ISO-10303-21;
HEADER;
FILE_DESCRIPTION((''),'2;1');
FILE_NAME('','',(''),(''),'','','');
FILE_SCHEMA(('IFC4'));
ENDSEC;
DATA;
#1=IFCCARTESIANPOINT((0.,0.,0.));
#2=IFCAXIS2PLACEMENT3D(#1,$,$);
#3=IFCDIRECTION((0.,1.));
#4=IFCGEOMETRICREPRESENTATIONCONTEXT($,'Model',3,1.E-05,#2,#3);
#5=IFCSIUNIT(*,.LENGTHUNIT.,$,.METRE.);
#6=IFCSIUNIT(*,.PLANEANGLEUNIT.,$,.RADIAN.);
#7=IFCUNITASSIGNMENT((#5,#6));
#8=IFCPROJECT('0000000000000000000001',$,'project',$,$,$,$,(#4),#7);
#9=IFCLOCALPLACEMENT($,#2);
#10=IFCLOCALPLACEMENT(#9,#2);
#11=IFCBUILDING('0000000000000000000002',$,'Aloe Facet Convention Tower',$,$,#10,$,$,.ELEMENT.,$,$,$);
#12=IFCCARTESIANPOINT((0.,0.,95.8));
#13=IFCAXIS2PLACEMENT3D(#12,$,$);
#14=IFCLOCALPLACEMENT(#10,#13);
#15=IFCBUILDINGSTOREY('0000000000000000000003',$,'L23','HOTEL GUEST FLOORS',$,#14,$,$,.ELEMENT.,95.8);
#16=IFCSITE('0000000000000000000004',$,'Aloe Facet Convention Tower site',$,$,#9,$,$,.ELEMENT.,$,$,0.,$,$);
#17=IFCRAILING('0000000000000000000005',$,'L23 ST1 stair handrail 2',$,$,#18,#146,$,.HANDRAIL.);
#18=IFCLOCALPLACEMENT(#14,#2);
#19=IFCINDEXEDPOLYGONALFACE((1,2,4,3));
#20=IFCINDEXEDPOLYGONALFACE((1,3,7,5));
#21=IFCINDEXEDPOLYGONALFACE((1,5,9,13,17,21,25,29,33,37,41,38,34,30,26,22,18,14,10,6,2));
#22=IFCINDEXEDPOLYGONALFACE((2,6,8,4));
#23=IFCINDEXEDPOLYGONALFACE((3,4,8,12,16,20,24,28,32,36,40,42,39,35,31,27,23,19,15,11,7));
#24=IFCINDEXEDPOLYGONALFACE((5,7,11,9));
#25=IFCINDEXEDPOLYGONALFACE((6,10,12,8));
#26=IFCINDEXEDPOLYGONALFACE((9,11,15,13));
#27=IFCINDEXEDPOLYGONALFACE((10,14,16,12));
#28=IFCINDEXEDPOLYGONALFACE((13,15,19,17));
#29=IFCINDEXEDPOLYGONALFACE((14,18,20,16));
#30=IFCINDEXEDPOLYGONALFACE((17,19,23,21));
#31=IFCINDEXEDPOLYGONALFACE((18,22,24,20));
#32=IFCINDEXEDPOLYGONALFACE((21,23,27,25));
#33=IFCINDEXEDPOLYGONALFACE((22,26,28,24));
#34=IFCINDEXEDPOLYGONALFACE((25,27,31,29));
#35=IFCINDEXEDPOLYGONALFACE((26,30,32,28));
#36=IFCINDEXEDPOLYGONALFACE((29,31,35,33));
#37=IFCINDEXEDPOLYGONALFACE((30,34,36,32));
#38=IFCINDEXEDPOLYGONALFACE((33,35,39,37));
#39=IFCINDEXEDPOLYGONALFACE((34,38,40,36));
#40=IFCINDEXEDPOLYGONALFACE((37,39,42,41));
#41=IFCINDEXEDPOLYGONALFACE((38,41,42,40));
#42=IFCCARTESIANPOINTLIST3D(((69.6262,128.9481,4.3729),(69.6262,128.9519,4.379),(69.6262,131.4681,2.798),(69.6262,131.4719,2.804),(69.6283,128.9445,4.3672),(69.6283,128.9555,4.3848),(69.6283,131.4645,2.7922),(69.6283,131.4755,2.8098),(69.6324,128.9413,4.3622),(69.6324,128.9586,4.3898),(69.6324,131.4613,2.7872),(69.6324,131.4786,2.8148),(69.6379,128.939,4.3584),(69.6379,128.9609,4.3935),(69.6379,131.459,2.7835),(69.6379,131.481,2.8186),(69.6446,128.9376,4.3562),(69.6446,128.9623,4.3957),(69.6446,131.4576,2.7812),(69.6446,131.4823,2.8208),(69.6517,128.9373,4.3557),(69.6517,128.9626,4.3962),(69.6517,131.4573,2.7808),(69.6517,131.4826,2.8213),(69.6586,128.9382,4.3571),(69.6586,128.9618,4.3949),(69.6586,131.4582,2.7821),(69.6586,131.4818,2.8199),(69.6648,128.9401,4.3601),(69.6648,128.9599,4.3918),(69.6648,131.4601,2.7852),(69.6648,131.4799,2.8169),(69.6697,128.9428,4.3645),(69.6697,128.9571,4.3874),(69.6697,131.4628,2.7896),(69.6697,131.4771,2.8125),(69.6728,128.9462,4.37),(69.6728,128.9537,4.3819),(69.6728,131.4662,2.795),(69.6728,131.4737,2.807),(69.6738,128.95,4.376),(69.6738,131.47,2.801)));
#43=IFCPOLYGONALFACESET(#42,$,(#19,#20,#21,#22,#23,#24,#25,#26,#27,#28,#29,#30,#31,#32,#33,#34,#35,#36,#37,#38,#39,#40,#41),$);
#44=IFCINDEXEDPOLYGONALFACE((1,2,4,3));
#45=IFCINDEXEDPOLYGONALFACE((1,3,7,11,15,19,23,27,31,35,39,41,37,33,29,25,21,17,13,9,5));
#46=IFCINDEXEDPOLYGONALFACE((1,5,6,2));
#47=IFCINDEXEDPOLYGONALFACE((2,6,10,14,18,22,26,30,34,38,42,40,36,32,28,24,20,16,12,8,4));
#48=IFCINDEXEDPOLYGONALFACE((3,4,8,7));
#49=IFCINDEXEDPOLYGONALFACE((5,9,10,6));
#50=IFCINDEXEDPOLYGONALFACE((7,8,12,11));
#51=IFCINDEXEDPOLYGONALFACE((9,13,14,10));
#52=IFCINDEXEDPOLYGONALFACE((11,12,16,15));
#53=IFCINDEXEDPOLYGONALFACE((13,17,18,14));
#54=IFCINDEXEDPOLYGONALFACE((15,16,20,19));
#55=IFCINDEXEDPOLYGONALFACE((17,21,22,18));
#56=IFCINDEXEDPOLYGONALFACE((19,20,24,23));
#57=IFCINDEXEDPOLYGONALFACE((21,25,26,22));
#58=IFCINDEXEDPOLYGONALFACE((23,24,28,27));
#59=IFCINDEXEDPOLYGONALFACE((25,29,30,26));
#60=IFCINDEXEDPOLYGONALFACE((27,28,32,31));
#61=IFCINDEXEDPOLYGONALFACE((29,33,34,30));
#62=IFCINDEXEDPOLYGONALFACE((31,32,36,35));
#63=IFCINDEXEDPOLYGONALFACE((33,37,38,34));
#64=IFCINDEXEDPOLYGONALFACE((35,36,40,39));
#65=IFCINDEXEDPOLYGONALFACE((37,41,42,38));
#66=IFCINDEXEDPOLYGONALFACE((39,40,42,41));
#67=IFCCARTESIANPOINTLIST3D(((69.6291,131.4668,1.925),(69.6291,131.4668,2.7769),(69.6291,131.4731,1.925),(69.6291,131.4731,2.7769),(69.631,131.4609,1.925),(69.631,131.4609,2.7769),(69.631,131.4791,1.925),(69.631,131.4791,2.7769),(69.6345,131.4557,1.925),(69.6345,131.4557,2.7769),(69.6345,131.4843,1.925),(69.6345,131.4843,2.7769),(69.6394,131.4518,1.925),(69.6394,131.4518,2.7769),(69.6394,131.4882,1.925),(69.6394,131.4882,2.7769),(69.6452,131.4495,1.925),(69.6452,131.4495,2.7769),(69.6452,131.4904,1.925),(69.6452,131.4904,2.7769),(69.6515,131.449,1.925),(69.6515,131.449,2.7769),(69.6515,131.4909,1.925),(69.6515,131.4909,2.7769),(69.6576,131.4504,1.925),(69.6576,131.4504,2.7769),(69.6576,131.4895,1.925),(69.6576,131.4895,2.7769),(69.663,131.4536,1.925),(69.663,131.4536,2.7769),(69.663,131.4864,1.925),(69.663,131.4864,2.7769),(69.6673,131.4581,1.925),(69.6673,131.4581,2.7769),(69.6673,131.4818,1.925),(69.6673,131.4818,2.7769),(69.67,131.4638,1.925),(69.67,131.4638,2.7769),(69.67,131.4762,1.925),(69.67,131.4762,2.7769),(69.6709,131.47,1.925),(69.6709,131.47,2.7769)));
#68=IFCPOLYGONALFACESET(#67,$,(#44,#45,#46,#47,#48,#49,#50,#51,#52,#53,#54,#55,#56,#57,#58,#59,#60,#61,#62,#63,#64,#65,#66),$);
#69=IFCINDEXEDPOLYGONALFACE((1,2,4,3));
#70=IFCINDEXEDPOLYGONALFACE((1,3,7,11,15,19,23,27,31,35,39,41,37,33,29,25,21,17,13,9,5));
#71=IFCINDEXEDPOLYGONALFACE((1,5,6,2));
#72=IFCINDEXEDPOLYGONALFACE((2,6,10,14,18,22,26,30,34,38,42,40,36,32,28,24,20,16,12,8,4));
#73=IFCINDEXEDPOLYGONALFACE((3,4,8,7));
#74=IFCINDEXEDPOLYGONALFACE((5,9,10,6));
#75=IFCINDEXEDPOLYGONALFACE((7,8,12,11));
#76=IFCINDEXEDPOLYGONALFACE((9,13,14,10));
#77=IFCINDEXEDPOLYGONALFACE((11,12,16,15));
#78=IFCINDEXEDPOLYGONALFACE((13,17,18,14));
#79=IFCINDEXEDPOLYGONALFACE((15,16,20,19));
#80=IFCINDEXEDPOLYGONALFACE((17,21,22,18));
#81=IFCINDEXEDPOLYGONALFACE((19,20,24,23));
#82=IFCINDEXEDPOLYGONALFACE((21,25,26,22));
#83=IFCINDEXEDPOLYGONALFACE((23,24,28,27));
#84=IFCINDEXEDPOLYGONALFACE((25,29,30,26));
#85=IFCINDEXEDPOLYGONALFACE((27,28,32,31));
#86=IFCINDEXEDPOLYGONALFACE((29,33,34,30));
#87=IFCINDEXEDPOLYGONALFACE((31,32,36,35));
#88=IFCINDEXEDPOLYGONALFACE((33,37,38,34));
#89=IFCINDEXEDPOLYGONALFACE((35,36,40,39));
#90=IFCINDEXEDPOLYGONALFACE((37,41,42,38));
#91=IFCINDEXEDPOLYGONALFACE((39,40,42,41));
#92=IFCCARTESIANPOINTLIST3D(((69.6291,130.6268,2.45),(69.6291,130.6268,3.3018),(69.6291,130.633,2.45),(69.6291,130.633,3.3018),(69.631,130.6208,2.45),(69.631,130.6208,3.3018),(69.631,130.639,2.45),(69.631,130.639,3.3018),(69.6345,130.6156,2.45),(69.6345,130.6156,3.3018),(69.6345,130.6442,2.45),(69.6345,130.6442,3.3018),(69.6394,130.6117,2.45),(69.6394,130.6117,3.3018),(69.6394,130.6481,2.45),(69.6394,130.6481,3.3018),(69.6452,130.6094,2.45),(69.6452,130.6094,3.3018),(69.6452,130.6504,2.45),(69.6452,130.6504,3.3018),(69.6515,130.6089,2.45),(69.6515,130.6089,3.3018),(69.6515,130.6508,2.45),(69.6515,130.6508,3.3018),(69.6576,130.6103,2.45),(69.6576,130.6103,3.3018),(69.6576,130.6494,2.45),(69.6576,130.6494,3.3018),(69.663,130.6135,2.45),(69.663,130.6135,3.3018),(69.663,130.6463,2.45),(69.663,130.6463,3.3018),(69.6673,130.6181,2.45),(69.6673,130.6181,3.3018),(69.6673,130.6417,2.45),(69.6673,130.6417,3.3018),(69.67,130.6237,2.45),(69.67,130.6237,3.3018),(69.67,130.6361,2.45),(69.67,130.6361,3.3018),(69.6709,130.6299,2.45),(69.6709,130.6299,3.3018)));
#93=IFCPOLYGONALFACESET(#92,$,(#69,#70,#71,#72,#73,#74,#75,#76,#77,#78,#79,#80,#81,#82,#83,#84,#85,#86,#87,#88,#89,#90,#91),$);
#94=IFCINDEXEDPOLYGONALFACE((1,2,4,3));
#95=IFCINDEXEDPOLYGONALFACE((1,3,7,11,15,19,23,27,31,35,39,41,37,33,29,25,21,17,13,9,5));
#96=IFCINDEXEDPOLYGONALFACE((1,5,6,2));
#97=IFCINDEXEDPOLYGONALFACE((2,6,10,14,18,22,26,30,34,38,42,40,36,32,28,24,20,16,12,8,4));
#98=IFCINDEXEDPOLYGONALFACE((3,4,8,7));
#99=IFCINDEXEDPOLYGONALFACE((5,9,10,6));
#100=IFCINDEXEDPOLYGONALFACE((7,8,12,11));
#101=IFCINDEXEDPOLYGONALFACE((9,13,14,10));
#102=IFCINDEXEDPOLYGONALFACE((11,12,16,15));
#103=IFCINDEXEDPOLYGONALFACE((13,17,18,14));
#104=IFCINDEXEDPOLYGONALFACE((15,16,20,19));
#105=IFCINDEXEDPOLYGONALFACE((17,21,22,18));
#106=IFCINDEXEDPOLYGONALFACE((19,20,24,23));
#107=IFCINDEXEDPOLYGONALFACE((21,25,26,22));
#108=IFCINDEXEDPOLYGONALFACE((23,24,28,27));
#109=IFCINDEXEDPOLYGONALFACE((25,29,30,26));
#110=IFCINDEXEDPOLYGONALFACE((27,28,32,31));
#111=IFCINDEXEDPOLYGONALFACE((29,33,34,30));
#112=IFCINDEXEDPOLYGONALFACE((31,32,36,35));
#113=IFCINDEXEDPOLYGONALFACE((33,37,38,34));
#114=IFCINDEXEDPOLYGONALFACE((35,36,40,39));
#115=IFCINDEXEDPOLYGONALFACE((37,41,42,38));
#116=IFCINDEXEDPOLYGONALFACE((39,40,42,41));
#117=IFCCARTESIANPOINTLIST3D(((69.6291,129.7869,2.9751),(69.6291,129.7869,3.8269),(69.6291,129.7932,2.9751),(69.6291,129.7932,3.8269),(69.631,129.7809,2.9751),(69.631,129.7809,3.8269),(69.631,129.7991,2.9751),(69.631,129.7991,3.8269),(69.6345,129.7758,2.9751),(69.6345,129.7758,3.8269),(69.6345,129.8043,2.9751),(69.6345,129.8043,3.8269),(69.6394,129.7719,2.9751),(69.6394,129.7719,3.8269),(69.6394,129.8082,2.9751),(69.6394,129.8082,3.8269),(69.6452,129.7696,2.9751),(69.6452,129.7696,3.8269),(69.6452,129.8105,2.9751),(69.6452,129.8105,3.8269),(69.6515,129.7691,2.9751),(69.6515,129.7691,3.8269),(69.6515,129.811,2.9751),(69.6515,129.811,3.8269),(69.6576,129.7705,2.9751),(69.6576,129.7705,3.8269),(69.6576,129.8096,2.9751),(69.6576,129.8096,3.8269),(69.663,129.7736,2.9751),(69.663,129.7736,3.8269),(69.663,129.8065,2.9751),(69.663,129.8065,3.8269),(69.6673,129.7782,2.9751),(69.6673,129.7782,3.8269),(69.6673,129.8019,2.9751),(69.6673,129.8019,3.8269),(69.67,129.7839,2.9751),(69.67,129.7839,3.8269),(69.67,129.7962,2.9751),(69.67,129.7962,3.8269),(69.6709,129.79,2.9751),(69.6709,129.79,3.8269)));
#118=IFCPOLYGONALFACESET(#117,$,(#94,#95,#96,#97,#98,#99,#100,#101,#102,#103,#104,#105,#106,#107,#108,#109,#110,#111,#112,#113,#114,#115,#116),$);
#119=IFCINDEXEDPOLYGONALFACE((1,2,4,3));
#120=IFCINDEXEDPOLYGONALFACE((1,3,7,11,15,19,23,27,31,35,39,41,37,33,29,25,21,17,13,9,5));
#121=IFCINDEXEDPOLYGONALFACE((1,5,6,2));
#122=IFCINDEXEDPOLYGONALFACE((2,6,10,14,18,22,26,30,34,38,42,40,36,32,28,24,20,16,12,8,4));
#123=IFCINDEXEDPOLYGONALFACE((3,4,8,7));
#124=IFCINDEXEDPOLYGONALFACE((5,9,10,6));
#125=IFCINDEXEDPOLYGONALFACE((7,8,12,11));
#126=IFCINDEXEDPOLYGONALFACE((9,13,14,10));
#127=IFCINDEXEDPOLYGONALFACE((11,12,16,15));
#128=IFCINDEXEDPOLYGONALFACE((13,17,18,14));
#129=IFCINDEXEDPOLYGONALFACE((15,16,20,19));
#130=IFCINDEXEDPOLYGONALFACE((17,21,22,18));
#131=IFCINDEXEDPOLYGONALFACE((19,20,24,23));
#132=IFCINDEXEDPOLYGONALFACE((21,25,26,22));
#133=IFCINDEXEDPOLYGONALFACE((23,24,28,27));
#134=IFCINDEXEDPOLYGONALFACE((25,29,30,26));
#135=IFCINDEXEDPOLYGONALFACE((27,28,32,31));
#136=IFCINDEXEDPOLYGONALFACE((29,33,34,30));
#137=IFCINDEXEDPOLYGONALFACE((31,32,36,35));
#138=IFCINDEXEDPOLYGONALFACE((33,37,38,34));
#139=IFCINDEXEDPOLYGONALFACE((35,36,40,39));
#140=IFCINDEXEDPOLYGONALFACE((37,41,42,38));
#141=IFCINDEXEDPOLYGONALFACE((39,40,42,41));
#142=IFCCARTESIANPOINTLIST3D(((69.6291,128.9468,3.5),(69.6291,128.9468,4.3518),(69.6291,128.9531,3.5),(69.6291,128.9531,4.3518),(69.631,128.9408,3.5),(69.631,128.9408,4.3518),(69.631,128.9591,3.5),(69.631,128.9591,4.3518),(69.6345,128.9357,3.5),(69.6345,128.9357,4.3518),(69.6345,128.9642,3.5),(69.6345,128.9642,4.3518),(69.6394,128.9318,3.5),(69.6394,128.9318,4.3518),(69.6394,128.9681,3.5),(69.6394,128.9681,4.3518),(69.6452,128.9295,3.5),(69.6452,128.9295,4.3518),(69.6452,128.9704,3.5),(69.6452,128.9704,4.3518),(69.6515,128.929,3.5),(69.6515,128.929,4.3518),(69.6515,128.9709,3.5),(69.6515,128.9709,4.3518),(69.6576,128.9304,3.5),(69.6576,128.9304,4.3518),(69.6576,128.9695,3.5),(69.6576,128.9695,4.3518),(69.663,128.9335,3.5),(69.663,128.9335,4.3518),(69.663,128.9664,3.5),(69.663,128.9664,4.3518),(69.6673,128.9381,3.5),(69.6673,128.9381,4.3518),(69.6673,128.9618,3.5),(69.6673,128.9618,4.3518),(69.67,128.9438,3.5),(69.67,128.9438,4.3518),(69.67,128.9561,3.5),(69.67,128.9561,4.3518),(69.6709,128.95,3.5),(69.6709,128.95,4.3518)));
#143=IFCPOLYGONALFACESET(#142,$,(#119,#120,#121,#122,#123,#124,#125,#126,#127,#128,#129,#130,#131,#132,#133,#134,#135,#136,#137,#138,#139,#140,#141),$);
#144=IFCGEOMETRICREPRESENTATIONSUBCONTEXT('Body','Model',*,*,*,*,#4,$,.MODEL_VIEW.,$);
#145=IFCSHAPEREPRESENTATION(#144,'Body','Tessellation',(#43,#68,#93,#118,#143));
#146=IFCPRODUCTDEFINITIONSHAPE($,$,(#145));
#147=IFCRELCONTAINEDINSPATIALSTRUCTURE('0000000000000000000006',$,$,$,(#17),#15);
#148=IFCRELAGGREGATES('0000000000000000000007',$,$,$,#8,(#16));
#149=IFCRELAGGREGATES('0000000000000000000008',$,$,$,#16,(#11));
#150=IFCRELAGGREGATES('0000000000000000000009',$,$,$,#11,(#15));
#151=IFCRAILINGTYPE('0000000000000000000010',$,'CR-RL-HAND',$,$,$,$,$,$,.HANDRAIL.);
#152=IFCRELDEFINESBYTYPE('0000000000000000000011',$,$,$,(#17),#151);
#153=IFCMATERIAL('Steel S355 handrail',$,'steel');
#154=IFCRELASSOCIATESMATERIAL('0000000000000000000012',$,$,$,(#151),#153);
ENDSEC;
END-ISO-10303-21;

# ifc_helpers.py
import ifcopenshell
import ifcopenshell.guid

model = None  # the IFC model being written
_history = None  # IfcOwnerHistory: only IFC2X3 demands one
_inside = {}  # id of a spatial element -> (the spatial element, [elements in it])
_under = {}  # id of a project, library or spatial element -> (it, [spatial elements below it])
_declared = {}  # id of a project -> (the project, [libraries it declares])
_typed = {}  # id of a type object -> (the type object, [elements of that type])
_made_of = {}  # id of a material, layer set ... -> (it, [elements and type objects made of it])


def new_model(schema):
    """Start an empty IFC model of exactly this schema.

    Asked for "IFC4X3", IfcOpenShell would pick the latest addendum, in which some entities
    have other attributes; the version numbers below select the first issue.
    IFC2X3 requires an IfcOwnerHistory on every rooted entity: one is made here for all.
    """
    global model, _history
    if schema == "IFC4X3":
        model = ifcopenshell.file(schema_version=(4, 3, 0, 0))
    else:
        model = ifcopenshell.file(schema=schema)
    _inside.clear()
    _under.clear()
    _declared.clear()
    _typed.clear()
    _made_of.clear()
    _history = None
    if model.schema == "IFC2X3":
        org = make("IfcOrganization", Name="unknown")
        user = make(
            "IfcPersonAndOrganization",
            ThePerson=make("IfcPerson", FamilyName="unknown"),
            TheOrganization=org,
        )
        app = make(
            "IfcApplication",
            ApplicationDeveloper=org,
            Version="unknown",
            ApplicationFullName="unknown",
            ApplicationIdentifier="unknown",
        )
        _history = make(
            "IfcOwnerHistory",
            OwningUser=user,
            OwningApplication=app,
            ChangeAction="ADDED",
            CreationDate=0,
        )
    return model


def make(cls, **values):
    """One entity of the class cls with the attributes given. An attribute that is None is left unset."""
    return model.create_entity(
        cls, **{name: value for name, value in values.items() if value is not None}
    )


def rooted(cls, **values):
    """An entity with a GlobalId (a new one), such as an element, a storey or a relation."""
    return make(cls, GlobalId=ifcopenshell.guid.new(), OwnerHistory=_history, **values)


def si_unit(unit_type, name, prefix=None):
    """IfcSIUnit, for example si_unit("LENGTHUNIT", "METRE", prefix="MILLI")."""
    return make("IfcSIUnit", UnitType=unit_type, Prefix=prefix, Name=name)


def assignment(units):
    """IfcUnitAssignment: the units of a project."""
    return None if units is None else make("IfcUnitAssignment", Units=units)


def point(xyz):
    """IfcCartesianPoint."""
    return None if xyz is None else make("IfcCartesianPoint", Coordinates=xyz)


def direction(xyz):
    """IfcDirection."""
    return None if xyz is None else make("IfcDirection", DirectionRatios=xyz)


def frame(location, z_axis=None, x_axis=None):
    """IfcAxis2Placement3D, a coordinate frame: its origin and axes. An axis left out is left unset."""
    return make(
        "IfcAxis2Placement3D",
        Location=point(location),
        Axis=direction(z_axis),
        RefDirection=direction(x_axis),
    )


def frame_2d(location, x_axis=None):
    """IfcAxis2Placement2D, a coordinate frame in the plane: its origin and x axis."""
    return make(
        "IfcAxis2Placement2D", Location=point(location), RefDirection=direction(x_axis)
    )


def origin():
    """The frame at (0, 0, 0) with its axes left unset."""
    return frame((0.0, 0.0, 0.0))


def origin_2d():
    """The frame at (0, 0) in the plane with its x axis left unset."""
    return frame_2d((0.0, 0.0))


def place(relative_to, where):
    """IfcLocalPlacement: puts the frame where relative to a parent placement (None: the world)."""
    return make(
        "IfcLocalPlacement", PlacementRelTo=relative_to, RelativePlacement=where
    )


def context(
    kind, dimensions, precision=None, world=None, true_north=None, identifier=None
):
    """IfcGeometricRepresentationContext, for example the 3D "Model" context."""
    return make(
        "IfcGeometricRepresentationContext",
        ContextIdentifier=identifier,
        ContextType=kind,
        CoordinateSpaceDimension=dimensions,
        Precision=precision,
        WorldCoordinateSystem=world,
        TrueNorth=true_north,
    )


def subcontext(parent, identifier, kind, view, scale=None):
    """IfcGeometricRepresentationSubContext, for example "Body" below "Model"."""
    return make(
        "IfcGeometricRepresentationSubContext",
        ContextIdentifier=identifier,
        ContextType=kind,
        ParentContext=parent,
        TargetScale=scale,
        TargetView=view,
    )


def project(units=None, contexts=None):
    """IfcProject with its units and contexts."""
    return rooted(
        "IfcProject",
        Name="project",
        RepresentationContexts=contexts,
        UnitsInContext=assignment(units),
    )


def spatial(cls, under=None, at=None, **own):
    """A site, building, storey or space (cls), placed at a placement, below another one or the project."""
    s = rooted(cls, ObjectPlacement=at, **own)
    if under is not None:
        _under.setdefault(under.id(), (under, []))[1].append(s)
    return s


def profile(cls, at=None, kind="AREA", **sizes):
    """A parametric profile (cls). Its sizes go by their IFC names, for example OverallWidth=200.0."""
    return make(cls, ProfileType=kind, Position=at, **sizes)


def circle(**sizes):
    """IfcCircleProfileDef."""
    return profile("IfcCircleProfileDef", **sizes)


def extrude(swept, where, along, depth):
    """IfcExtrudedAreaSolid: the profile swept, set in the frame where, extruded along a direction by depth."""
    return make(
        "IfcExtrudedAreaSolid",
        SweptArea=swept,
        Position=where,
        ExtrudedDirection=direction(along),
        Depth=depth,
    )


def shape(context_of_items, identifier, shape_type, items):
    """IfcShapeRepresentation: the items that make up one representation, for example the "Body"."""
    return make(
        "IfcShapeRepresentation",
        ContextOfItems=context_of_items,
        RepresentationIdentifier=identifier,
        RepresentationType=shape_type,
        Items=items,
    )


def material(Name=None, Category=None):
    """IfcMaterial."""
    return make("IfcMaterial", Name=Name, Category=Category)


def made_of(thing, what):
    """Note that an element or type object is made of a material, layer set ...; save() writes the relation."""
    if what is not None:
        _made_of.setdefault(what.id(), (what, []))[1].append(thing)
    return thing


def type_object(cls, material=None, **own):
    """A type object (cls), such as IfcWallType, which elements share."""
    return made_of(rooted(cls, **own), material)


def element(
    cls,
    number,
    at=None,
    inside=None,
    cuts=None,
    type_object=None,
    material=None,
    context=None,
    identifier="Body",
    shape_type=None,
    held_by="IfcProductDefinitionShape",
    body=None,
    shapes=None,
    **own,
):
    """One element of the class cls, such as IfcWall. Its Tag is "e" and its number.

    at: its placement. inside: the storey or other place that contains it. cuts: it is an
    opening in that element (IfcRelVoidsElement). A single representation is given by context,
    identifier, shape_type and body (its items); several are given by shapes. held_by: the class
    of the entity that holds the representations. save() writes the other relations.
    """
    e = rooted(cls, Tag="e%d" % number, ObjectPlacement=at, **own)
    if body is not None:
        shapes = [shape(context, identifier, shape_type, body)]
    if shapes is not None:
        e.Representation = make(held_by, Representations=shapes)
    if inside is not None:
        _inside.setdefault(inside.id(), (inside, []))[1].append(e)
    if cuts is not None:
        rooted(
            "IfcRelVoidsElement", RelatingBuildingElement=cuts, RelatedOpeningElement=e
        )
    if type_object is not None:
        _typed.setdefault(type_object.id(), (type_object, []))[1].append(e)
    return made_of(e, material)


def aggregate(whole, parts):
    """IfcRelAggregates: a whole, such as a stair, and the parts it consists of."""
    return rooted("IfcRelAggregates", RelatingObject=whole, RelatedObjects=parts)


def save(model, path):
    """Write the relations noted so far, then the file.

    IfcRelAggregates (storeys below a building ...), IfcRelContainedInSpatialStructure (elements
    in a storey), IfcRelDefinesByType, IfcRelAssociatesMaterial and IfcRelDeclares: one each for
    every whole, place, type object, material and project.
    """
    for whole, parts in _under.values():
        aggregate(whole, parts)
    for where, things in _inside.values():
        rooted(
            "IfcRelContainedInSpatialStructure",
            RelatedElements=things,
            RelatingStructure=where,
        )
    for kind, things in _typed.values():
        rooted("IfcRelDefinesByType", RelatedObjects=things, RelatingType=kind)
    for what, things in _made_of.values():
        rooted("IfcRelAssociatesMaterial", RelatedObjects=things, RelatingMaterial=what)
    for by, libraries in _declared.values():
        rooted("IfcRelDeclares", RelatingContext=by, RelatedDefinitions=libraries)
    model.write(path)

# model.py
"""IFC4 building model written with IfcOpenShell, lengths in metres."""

from ifc_helpers import new_model, si_unit, direction, frame, origin, origin_2d, place, context, subcontext, project, spatial, circle, extrude, material, type_object, element, save


model = new_model("IFC4")

# Units and contexts
model_context = context("Model", 3, precision=1e-05, world=origin(), true_north=direction((0.0, 1.0)))
body_context = subcontext(model_context, "Body", "Model", "MODEL_VIEW")
ifc_project = project(units=[si_unit("LENGTHUNIT", "METRE"), si_unit("PLANEANGLEUNIT", "RADIAN")], contexts=[model_context])

# Site, building, storey
site_placement = place(None, origin())
site = spatial("IfcSite", under=ifc_project, at=site_placement, Name="Aloe Facet Convention Tower site", CompositionType="ELEMENT", RefElevation=0.0)
building_placement = place(site_placement, origin())
building = spatial("IfcBuilding", under=site, at=building_placement, Name="Aloe Facet Convention Tower", CompositionType="ELEMENT")
storey_placement = place(building_placement, frame((0.0, 0.0, 95.8)))
storey = spatial("IfcBuildingStorey", under=building, at=storey_placement, Name="L23", Description="HOTEL GUEST FLOORS", CompositionType="ELEMENT", Elevation=95.8)

# Railing
ifc_material_1 = material(Name="Steel S355 handrail", Category="steel")
railing_type_1 = type_object("IfcRailingType", Name="CR-RL-HAND", PredefinedType="HANDRAIL", material=ifc_material_1)
railing_1_placement = place(storey_placement, frame((69.6499, 131.47, 1.925)))
element("IfcRailing", 1, at=railing_1_placement, inside=storey, type_object=railing_type_1, Name="L23 ST1 stair handrail 2", PredefinedType="HANDRAIL", context=body_context, shape_type="SweptSolid", body=[
    extrude(circle(Radius=0.0239, at=origin_2d()), frame((0.0, 0.0, 0.876), z_axis=(0.0, -0.848008, 0.529984), x_axis=(1.0, 0.0, 0.0)), (0.0, 0.0, 1.0), 2.9717),
    extrude(circle(Radius=0.021, at=origin_2d()), origin(), (0.0, 0.0, 1.0), 0.8518),
    extrude(circle(Radius=0.021, at=origin_2d()), frame((0.0, -0.8401, 0.5249)), (0.0, 0.0, 1.0), 0.8518),
    extrude(circle(Radius=0.021, at=origin_2d()), frame((0.0, -1.6799, 1.05)), (0.0, 0.0, 1.0), 0.8518),
    extrude(circle(Radius=0.021, at=origin_2d()), frame((0.0, -2.52, 1.575)), (0.0, 0.0, 1.0), 0.8518),
])

save(model, "model.ifc")
